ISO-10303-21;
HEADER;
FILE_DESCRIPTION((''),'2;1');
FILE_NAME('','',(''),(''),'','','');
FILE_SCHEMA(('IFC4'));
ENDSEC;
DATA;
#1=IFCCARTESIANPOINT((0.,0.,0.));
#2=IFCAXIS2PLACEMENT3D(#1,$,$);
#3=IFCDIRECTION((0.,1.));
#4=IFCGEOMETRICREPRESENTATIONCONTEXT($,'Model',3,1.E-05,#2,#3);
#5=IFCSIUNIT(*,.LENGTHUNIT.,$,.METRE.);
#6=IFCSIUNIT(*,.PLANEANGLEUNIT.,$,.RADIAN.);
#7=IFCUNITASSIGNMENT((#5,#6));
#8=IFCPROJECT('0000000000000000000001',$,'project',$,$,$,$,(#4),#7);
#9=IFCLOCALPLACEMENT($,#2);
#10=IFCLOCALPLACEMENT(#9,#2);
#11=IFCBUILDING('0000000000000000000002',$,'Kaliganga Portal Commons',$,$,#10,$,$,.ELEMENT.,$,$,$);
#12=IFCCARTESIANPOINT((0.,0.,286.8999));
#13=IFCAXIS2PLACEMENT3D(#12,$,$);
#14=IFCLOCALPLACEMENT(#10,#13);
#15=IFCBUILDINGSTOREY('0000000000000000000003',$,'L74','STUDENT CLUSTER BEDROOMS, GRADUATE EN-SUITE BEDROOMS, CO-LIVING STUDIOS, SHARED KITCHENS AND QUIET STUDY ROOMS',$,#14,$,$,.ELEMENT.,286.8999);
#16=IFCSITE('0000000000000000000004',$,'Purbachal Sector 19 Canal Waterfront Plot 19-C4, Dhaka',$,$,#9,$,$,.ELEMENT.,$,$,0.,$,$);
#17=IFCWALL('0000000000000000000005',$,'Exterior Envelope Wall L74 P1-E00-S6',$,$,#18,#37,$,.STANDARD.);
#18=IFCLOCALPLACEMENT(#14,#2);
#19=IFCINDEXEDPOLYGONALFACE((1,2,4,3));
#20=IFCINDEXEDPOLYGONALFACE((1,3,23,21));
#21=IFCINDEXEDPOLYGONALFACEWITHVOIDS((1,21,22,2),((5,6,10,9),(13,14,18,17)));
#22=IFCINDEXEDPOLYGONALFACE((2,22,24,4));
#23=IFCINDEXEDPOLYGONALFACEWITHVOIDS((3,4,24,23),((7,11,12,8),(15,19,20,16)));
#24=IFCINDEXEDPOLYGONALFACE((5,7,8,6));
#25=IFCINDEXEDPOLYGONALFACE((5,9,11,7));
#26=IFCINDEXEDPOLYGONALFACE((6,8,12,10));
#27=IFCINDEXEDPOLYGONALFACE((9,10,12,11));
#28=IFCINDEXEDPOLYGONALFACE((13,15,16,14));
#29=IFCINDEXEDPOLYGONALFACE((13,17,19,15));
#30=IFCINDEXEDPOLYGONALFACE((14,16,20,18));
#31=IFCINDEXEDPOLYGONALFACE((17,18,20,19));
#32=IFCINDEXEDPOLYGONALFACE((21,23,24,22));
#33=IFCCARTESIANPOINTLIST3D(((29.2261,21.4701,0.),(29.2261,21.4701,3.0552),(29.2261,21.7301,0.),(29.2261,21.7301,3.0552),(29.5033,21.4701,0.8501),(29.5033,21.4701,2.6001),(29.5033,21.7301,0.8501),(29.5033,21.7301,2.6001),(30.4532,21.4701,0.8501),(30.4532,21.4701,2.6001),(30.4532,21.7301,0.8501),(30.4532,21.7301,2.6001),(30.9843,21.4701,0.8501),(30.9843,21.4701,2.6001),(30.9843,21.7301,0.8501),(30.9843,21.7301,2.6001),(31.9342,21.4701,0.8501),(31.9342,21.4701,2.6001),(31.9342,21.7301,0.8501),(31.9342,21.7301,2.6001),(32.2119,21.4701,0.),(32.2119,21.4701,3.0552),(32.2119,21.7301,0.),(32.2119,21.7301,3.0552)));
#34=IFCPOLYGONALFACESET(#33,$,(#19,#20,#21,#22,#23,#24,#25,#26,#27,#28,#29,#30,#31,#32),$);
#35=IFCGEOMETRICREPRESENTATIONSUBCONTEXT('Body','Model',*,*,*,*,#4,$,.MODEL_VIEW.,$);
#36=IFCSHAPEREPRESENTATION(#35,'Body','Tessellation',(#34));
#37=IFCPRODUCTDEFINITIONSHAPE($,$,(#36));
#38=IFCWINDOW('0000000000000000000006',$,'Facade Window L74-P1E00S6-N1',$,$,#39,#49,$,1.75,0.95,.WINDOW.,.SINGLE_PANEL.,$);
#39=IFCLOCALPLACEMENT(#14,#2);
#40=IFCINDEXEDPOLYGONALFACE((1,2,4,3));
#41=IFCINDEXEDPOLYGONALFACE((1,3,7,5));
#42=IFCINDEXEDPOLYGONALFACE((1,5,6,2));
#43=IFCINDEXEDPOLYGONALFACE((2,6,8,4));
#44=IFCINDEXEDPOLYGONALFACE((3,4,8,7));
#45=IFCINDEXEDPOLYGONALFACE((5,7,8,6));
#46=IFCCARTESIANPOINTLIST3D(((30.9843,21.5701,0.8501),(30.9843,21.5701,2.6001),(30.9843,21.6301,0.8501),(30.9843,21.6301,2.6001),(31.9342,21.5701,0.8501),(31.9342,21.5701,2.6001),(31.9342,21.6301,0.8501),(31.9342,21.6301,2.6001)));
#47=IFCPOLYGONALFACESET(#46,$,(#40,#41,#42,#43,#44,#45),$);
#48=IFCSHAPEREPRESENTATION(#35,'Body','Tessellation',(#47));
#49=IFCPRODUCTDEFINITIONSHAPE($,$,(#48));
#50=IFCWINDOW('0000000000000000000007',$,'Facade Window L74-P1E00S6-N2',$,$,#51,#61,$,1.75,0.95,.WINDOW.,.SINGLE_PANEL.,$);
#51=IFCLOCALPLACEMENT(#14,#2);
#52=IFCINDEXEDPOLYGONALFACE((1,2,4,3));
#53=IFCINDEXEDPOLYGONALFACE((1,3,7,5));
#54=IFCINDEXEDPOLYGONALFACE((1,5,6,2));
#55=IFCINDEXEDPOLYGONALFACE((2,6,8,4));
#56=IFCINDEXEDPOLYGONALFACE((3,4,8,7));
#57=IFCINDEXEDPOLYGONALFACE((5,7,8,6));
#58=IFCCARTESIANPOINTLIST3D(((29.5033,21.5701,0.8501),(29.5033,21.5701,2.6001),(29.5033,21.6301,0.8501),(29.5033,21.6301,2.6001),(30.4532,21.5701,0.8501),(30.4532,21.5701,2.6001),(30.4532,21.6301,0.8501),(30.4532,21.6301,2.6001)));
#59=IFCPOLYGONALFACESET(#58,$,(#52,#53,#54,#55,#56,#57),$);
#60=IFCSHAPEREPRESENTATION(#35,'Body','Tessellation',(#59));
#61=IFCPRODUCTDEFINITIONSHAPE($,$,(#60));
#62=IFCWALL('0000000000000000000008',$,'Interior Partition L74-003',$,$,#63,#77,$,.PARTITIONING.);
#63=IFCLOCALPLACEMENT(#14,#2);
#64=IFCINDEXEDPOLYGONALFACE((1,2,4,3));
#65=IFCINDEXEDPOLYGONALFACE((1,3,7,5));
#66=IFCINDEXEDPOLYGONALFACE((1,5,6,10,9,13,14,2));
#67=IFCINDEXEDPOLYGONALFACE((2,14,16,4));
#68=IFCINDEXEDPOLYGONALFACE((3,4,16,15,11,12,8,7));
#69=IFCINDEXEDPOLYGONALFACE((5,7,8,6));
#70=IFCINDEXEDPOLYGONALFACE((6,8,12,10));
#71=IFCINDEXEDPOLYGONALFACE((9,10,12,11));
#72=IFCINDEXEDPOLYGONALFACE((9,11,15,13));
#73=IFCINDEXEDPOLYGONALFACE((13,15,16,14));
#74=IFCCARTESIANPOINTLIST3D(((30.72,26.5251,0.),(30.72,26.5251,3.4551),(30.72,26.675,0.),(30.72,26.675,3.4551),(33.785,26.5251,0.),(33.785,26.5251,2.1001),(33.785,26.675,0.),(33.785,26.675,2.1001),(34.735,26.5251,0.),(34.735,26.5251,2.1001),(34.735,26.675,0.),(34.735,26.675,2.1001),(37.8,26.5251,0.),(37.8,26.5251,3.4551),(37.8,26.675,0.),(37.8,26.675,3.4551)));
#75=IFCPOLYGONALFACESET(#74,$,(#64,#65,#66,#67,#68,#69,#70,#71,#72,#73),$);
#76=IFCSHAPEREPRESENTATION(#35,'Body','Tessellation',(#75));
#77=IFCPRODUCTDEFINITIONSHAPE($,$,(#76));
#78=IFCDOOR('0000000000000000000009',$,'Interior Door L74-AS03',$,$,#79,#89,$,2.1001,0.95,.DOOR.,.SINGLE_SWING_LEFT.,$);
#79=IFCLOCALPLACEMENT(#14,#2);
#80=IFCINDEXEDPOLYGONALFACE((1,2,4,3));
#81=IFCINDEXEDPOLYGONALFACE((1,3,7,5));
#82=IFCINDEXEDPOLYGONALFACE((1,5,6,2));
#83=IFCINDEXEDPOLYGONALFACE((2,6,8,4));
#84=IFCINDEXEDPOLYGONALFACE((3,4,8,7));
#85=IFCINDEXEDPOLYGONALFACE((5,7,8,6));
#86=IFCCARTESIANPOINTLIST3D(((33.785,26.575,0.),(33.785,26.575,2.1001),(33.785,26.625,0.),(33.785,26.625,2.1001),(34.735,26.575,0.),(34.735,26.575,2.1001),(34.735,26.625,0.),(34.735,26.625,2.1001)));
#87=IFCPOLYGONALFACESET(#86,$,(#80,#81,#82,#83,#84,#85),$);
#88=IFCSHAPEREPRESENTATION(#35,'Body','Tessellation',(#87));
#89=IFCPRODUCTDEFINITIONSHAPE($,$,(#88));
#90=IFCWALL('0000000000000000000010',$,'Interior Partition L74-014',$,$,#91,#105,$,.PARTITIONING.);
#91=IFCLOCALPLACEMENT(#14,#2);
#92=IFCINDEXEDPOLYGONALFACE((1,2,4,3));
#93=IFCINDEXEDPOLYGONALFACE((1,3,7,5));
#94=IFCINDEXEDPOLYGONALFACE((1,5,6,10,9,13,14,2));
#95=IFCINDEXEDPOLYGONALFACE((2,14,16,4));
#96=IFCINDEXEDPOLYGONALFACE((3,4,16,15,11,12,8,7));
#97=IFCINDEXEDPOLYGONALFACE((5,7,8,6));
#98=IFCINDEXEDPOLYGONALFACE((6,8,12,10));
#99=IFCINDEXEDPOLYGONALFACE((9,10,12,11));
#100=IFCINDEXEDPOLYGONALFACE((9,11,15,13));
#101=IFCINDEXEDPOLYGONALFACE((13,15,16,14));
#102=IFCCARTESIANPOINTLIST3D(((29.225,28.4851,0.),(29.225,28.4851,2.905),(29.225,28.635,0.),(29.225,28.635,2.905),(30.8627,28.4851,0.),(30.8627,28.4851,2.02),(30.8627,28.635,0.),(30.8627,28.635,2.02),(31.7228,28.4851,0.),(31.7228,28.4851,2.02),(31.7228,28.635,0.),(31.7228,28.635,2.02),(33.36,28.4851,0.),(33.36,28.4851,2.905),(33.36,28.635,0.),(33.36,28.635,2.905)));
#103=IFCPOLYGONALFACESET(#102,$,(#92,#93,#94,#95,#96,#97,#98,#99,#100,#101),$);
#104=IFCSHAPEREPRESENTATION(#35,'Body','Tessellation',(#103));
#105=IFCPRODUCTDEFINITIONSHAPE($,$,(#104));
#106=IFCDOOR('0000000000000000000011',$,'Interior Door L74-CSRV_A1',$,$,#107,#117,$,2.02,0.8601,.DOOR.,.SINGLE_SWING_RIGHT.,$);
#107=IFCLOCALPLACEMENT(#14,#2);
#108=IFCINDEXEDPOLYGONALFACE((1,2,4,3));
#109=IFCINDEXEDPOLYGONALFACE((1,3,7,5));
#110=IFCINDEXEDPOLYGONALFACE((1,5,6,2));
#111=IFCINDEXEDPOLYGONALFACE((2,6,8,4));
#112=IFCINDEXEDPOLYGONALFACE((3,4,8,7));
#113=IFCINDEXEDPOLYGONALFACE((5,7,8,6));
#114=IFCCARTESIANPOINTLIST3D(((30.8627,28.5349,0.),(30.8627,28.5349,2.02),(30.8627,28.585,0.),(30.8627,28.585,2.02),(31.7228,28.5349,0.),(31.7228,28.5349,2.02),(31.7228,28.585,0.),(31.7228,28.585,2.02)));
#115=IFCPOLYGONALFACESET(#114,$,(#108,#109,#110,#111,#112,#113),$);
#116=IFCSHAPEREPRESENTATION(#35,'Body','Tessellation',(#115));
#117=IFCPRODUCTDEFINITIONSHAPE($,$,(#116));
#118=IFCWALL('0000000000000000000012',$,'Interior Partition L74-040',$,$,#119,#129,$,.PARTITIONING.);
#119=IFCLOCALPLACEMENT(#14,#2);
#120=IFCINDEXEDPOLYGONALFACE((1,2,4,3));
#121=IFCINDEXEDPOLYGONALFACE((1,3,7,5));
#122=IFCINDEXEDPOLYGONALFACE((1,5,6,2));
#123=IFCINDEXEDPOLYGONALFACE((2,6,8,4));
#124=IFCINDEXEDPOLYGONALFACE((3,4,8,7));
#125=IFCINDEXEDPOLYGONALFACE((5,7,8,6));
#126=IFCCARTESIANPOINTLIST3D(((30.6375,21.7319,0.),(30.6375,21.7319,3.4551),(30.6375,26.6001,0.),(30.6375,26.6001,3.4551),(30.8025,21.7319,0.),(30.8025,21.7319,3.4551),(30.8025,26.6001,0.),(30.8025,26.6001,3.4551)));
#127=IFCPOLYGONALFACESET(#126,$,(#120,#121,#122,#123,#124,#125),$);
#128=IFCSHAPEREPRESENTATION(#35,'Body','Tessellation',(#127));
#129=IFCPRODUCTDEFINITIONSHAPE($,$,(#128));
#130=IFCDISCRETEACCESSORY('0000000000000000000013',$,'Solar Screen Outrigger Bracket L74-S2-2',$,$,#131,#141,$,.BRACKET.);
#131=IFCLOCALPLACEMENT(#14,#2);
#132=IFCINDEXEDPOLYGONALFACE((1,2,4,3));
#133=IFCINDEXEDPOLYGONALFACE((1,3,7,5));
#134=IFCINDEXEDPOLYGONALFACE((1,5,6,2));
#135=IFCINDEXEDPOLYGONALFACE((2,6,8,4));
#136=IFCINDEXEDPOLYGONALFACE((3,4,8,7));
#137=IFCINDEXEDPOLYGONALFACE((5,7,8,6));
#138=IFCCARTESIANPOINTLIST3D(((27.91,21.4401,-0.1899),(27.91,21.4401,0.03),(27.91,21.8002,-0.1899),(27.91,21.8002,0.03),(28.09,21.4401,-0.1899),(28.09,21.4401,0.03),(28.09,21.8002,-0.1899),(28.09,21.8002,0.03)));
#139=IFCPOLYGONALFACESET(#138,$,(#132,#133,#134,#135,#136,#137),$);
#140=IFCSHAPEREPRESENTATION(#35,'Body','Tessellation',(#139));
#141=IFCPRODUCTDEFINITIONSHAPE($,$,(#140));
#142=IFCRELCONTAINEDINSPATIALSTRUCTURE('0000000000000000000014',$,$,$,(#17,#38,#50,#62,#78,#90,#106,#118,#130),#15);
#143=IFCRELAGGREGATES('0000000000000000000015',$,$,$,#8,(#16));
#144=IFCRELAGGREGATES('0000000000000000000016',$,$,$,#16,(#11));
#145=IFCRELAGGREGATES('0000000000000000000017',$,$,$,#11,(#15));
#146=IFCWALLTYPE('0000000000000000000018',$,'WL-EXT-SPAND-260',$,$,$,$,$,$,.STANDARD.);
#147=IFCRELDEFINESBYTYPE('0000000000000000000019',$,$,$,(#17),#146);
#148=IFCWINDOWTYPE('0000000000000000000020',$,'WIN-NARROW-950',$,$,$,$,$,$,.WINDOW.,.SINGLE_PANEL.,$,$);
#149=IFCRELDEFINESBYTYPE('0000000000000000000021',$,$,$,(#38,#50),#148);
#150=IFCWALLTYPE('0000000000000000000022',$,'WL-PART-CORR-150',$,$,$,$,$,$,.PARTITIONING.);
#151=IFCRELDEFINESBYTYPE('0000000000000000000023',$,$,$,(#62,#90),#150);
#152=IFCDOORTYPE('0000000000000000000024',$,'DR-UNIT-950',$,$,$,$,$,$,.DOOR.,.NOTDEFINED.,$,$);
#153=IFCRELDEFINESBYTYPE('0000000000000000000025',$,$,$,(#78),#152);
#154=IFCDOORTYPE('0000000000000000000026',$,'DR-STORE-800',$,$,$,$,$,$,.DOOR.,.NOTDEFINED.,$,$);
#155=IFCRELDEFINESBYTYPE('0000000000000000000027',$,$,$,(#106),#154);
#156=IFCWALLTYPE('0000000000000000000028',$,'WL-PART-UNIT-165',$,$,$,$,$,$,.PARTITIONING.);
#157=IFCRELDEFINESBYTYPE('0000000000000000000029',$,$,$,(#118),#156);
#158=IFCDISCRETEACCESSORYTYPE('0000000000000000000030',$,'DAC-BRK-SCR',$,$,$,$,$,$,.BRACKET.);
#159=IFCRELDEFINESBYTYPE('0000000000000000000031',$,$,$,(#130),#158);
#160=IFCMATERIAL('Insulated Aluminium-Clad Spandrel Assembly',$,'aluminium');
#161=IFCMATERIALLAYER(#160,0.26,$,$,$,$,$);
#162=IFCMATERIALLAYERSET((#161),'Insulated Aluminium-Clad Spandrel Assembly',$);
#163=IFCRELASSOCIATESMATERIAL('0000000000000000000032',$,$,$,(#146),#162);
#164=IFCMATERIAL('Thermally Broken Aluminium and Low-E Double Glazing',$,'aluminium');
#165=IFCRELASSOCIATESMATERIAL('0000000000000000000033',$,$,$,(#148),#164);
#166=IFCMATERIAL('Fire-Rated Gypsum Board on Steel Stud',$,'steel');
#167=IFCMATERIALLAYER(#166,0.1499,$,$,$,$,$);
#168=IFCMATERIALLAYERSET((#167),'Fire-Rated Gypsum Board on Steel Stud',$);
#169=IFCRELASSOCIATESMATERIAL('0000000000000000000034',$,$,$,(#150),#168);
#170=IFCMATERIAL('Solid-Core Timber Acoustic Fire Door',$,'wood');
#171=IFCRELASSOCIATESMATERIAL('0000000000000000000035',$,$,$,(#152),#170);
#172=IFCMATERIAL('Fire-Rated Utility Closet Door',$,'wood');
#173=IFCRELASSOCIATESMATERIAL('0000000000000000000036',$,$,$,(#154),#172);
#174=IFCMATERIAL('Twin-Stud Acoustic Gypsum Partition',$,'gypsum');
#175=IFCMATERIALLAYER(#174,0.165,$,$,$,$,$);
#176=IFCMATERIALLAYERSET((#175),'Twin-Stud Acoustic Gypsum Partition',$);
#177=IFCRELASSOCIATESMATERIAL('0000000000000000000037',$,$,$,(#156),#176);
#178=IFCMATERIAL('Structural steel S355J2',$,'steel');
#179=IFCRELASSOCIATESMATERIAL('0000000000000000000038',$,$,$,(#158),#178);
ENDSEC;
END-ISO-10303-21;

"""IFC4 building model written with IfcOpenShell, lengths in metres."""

from ifc_helpers import new_model, si_unit, direction, frame, frame_2d, origin, origin_2d, place, context, subcontext, project, spatial, rectangle, extrude, source, transform, mapped, material, layer, layer_set, type_object, element, fill, save


model = new_model("IFC4")

# Units and contexts
model_context = context("Model", 3, precision=1e-05, world=origin(), true_north=direction((0.0, 1.0)))
body_context = subcontext(model_context, "Body", "Model", "MODEL_VIEW")
ifc_project = project(units=[si_unit("LENGTHUNIT", "METRE"), si_unit("PLANEANGLEUNIT", "RADIAN")], contexts=[model_context])

# Site, building, storey
site_placement = place(None, origin())
site = spatial("IfcSite", under=ifc_project, at=site_placement, Name="Purbachal Sector 19 Canal Waterfront Plot 19-C4, Dhaka", CompositionType="ELEMENT", RefElevation=0.0)
building_placement = place(site_placement, origin())
building = spatial("IfcBuilding", under=site, at=building_placement, Name="Kaliganga Portal Commons", CompositionType="ELEMENT")
storey_placement = place(building_placement, frame((0.0, 0.0, 286.8999)))
storey = spatial("IfcBuildingStorey", under=building, at=storey_placement, Name="L74", Description="STUDENT CLUSTER BEDROOMS, GRADUATE EN-SUITE BEDROOMS, CO-LIVING STUDIOS, SHARED KITCHENS AND QUIET STUDY ROOMS", CompositionType="ELEMENT", Elevation=286.8999)

# Shared definitions
ifc_material_1 = material(Name="Structural steel S355J2", Category="steel")

# Shared definitions
ifc_material_2 = material(Name="Insulated Aluminium-Clad Spandrel Assembly", Category="aluminium")
ifc_layer_1 = layer(ifc_material_2, 0.26)
ifc_layer_set_1 = layer_set([ifc_layer_1], Name="Insulated Aluminium-Clad Spandrel Assembly")
wall_type_1 = type_object("IfcWallType", Name="WL-EXT-SPAND-260", PredefinedType="STANDARD", material=ifc_layer_set_1)
ifc_material_3 = material(Name="Thermally Broken Aluminium and Low-E Double Glazing", Category="aluminium")
window_type = type_object("IfcWindowType", Name="WIN-NARROW-950", PartitioningType="SINGLE_PANEL", PredefinedType="WINDOW", material=ifc_material_3)

# Wall, openings, windows
wall_1_placement = place(storey_placement, frame((32.2119, 21.6001, 0.0), z_axis=(0.0, 0.0, 1.0), x_axis=(-1.0, 0.0, 0.0)))
wall_1 = element("IfcWall", 1, at=wall_1_placement, inside=storey, type_object=wall_type_1, Name="Exterior Envelope Wall L74 P1-E00-S6", PredefinedType="STANDARD", context=body_context, shape_type="SweptSolid", body=[
    extrude(rectangle(XDim=2.9858, YDim=0.26, at=frame_2d((1.4929, 0.0))), origin(), (0.0, 0.0, 1.0), 3.0552),
])
opening_1_placement = place(wall_1_placement, frame((0.2776, 0.0, 0.8501)))
opening_1 = element("IfcOpeningElement", 2, at=opening_1_placement, cuts=wall_1, PredefinedType="OPENING", context=body_context, shape_type="SweptSolid", body=[
    extrude(rectangle(XDim=0.95, YDim=1.75, at=frame_2d((0.4751, 0.875))), frame((0.0, 0.1401, 0.0), z_axis=(0.0, -1.0, 0.0), x_axis=(1.0, 0.0, 0.0)), (0.0, 0.0, 1.0), 0.28),
])
opening_2_placement = place(wall_1_placement, frame((1.7585, 0.0, 0.8501)))
opening_2 = element("IfcOpeningElement", 3, at=opening_2_placement, cuts=wall_1, PredefinedType="OPENING", context=body_context, shape_type="SweptSolid", body=[
    extrude(rectangle(XDim=0.95, YDim=1.75, at=frame_2d((0.4751, 0.875))), frame((0.0, 0.1401, 0.0), z_axis=(0.0, -1.0, 0.0), x_axis=(1.0, 0.0, 0.0)), (0.0, 0.0, 1.0), 0.28),
])
window_1_placement = place(opening_1_placement, origin())
window_1 = element("IfcWindow", 4, at=window_1_placement, inside=storey, type_object=window_type, Name="Facade Window L74-P1E00S6-N1", OverallHeight=1.75, OverallWidth=0.95, PartitioningType="SINGLE_PANEL", PredefinedType="WINDOW", context=body_context, shape_type="SweptSolid", body=[
    extrude(rectangle(XDim=0.95, YDim=1.75, at=frame_2d((0.4751, 0.875))), frame((0.0, 0.03, 0.0), z_axis=(0.0, -1.0, 0.0), x_axis=(1.0, 0.0, 0.0)), (0.0, 0.0, 1.0), 0.0601),
])
fill(opening_1, window_1)
window_2_placement = place(opening_2_placement, origin())
window_2 = element("IfcWindow", 5, at=window_2_placement, inside=storey, type_object=window_type, Name="Facade Window L74-P1E00S6-N2", OverallHeight=1.75, OverallWidth=0.95, PartitioningType="SINGLE_PANEL", PredefinedType="WINDOW", context=body_context, shape_type="SweptSolid", body=[
    extrude(rectangle(XDim=0.95, YDim=1.75, at=frame_2d((0.4751, 0.875))), frame((0.0, 0.03, 0.0), z_axis=(0.0, -1.0, 0.0), x_axis=(1.0, 0.0, 0.0)), (0.0, 0.0, 1.0), 0.0601),
])
fill(opening_2, window_2)

# Walls, openings, doors
ifc_material_4 = material(Name="Fire-Rated Gypsum Board on Steel Stud", Category="steel")
ifc_layer_2 = layer(ifc_material_4, 0.1499)
ifc_layer_set_2 = layer_set([ifc_layer_2], Name="Fire-Rated Gypsum Board on Steel Stud")
wall_type_2 = type_object("IfcWallType", Name="WL-PART-CORR-150", PredefinedType="PARTITIONING", material=ifc_layer_set_2)
wall_2_placement = place(storey_placement, frame((30.72, 26.6001, 0.0), z_axis=(0.0, 0.0, 1.0), x_axis=(1.0, 0.0, 0.0)))
wall_2 = element("IfcWall", 6, at=wall_2_placement, inside=storey, type_object=wall_type_2, Name="Interior Partition L74-003", PredefinedType="PARTITIONING", context=body_context, shape_type="SweptSolid", body=[
    extrude(rectangle(XDim=7.0801, YDim=0.1499, at=frame_2d((3.54, 0.0))), origin(), (0.0, 0.0, 1.0), 3.4551),
])
opening_3_placement = place(wall_2_placement, frame((3.0649, 0.0, 0.0)))
opening_3 = element("IfcOpeningElement", 7, at=opening_3_placement, cuts=wall_2, PredefinedType="OPENING", context=body_context, shape_type="SweptSolid", body=[
    extrude(rectangle(XDim=0.95, YDim=2.1001, at=frame_2d((0.4751, 1.05))), frame((0.0, 0.085, 0.0), z_axis=(0.0, -1.0, 0.0), x_axis=(1.0, 0.0, 0.0)), (0.0, 0.0, 1.0), 0.1699),
])
ifc_material_5 = material(Name="Solid-Core Timber Acoustic Fire Door", Category="wood")
door_type_1 = type_object("IfcDoorType", Name="DR-UNIT-950", OperationType="NOTDEFINED", PredefinedType="DOOR", material=ifc_material_5)
door_1_placement = place(opening_3_placement, origin())
door_1 = element("IfcDoor", 8, at=door_1_placement, inside=storey, type_object=door_type_1, Name="Interior Door L74-AS03", OperationType="SINGLE_SWING_LEFT", OverallHeight=2.1001, OverallWidth=0.95, PredefinedType="DOOR", context=body_context, shape_type="SweptSolid", body=[
    extrude(rectangle(XDim=0.95, YDim=2.1001, at=frame_2d((0.4751, 1.05))), frame((0.0, 0.0249, 0.0), z_axis=(0.0, -1.0, 0.0), x_axis=(1.0, 0.0, 0.0)), (0.0, 0.0, 1.0), 0.05),
])
fill(opening_3, door_1)
wall_3_placement = place(storey_placement, frame((29.2251, 28.5601, 0.0), z_axis=(0.0, 0.0, 1.0), x_axis=(1.0, 0.0, 0.0)))
wall_3 = element("IfcWall", 9, at=wall_3_placement, inside=storey, type_object=wall_type_2, Name="Interior Partition L74-014", PredefinedType="PARTITIONING", context=body_context, shape_type="SweptSolid", body=[
    extrude(rectangle(XDim=4.135, YDim=0.1499, at=frame_2d((2.0674, 0.0))), origin(), (0.0, 0.0, 1.0), 2.905),
])
opening_4_placement = place(wall_3_placement, frame((1.6375, 0.0, 0.0)))
opening_4 = element("IfcOpeningElement", 10, at=opening_4_placement, cuts=wall_3, PredefinedType="OPENING", context=body_context, shape_type="SweptSolid", body=[
    extrude(rectangle(XDim=0.8601, YDim=2.02, at=frame_2d((0.4302, 1.01))), frame((0.0, 0.085, 0.0), z_axis=(0.0, -1.0, 0.0), x_axis=(1.0, 0.0, 0.0)), (0.0, 0.0, 1.0), 0.1699),
])
ifc_material_6 = material(Name="Fire-Rated Utility Closet Door", Category="wood")
door_type_2 = type_object("IfcDoorType", Name="DR-STORE-800", OperationType="NOTDEFINED", PredefinedType="DOOR", material=ifc_material_6)
door_2_placement = place(opening_4_placement, origin())
door_2 = element("IfcDoor", 11, at=door_2_placement, inside=storey, type_object=door_type_2, Name="Interior Door L74-CSRV_A1", OperationType="SINGLE_SWING_RIGHT", OverallHeight=2.02, OverallWidth=0.8601, PredefinedType="DOOR", context=body_context, shape_type="SweptSolid", body=[
    extrude(rectangle(XDim=0.8601, YDim=2.02, at=frame_2d((0.4302, 1.01))), frame((0.0, 0.0249, 0.0), z_axis=(0.0, -1.0, 0.0), x_axis=(1.0, 0.0, 0.0)), (0.0, 0.0, 1.0), 0.05),
])
fill(opening_4, door_2)

# Wall
ifc_material_7 = material(Name="Twin-Stud Acoustic Gypsum Partition", Category="gypsum")
ifc_layer_3 = layer(ifc_material_7, 0.165)
ifc_layer_set_3 = layer_set([ifc_layer_3], Name="Twin-Stud Acoustic Gypsum Partition")
wall_type_3 = type_object("IfcWallType", Name="WL-PART-UNIT-165", PredefinedType="PARTITIONING", material=ifc_layer_set_3)
wall_4_placement = place(storey_placement, frame((30.72, 21.7319, 0.0), z_axis=(0.0, 0.0, 1.0), x_axis=(0.0, 1.0, 0.0)))
element("IfcWall", 12, at=wall_4_placement, inside=storey, type_object=wall_type_3, Name="Interior Partition L74-040", PredefinedType="PARTITIONING", context=body_context, shape_type="SweptSolid", body=[
    extrude(rectangle(XDim=4.8682, YDim=0.165, at=frame_2d((2.4341, 0.0))), origin(), (0.0, 0.0, 1.0), 3.4551),
])

# Discrete accessory
discrete_accessory_type = type_object("IfcDiscreteAccessoryType", Name="DAC-BRK-SCR", PredefinedType="BRACKET", material=ifc_material_1)
shared_shape_1 = source(origin(), body_context, "Body", "SweptSolid", [
    extrude(rectangle(XDim=0.1799, YDim=0.3601, at=origin_2d()), origin(), (0.0, 0.0, 1.0), 0.22),
])
discrete_accessory_placement = place(storey_placement, frame((28.0, 21.6201, -0.1899), z_axis=(0.0, 0.0, 1.0), x_axis=(1.0, 0.0, 0.0)))
element("IfcDiscreteAccessory", 13, at=discrete_accessory_placement, inside=storey, type_object=discrete_accessory_type, Name="Solar Screen Outrigger Bracket L74-S2-2", PredefinedType="BRACKET", context=body_context, shape_type="MappedRepresentation", body=[
    mapped(shared_shape_1, transform((0.0, 0.0, 0.0), x_axis=(1.0, 0.0, 0.0), y_axis=(0.0, 1.0, 0.0), z_axis=(0.0, 0.0, 1.0), scale=1.0)),
])

save(model, "model.ifc")
